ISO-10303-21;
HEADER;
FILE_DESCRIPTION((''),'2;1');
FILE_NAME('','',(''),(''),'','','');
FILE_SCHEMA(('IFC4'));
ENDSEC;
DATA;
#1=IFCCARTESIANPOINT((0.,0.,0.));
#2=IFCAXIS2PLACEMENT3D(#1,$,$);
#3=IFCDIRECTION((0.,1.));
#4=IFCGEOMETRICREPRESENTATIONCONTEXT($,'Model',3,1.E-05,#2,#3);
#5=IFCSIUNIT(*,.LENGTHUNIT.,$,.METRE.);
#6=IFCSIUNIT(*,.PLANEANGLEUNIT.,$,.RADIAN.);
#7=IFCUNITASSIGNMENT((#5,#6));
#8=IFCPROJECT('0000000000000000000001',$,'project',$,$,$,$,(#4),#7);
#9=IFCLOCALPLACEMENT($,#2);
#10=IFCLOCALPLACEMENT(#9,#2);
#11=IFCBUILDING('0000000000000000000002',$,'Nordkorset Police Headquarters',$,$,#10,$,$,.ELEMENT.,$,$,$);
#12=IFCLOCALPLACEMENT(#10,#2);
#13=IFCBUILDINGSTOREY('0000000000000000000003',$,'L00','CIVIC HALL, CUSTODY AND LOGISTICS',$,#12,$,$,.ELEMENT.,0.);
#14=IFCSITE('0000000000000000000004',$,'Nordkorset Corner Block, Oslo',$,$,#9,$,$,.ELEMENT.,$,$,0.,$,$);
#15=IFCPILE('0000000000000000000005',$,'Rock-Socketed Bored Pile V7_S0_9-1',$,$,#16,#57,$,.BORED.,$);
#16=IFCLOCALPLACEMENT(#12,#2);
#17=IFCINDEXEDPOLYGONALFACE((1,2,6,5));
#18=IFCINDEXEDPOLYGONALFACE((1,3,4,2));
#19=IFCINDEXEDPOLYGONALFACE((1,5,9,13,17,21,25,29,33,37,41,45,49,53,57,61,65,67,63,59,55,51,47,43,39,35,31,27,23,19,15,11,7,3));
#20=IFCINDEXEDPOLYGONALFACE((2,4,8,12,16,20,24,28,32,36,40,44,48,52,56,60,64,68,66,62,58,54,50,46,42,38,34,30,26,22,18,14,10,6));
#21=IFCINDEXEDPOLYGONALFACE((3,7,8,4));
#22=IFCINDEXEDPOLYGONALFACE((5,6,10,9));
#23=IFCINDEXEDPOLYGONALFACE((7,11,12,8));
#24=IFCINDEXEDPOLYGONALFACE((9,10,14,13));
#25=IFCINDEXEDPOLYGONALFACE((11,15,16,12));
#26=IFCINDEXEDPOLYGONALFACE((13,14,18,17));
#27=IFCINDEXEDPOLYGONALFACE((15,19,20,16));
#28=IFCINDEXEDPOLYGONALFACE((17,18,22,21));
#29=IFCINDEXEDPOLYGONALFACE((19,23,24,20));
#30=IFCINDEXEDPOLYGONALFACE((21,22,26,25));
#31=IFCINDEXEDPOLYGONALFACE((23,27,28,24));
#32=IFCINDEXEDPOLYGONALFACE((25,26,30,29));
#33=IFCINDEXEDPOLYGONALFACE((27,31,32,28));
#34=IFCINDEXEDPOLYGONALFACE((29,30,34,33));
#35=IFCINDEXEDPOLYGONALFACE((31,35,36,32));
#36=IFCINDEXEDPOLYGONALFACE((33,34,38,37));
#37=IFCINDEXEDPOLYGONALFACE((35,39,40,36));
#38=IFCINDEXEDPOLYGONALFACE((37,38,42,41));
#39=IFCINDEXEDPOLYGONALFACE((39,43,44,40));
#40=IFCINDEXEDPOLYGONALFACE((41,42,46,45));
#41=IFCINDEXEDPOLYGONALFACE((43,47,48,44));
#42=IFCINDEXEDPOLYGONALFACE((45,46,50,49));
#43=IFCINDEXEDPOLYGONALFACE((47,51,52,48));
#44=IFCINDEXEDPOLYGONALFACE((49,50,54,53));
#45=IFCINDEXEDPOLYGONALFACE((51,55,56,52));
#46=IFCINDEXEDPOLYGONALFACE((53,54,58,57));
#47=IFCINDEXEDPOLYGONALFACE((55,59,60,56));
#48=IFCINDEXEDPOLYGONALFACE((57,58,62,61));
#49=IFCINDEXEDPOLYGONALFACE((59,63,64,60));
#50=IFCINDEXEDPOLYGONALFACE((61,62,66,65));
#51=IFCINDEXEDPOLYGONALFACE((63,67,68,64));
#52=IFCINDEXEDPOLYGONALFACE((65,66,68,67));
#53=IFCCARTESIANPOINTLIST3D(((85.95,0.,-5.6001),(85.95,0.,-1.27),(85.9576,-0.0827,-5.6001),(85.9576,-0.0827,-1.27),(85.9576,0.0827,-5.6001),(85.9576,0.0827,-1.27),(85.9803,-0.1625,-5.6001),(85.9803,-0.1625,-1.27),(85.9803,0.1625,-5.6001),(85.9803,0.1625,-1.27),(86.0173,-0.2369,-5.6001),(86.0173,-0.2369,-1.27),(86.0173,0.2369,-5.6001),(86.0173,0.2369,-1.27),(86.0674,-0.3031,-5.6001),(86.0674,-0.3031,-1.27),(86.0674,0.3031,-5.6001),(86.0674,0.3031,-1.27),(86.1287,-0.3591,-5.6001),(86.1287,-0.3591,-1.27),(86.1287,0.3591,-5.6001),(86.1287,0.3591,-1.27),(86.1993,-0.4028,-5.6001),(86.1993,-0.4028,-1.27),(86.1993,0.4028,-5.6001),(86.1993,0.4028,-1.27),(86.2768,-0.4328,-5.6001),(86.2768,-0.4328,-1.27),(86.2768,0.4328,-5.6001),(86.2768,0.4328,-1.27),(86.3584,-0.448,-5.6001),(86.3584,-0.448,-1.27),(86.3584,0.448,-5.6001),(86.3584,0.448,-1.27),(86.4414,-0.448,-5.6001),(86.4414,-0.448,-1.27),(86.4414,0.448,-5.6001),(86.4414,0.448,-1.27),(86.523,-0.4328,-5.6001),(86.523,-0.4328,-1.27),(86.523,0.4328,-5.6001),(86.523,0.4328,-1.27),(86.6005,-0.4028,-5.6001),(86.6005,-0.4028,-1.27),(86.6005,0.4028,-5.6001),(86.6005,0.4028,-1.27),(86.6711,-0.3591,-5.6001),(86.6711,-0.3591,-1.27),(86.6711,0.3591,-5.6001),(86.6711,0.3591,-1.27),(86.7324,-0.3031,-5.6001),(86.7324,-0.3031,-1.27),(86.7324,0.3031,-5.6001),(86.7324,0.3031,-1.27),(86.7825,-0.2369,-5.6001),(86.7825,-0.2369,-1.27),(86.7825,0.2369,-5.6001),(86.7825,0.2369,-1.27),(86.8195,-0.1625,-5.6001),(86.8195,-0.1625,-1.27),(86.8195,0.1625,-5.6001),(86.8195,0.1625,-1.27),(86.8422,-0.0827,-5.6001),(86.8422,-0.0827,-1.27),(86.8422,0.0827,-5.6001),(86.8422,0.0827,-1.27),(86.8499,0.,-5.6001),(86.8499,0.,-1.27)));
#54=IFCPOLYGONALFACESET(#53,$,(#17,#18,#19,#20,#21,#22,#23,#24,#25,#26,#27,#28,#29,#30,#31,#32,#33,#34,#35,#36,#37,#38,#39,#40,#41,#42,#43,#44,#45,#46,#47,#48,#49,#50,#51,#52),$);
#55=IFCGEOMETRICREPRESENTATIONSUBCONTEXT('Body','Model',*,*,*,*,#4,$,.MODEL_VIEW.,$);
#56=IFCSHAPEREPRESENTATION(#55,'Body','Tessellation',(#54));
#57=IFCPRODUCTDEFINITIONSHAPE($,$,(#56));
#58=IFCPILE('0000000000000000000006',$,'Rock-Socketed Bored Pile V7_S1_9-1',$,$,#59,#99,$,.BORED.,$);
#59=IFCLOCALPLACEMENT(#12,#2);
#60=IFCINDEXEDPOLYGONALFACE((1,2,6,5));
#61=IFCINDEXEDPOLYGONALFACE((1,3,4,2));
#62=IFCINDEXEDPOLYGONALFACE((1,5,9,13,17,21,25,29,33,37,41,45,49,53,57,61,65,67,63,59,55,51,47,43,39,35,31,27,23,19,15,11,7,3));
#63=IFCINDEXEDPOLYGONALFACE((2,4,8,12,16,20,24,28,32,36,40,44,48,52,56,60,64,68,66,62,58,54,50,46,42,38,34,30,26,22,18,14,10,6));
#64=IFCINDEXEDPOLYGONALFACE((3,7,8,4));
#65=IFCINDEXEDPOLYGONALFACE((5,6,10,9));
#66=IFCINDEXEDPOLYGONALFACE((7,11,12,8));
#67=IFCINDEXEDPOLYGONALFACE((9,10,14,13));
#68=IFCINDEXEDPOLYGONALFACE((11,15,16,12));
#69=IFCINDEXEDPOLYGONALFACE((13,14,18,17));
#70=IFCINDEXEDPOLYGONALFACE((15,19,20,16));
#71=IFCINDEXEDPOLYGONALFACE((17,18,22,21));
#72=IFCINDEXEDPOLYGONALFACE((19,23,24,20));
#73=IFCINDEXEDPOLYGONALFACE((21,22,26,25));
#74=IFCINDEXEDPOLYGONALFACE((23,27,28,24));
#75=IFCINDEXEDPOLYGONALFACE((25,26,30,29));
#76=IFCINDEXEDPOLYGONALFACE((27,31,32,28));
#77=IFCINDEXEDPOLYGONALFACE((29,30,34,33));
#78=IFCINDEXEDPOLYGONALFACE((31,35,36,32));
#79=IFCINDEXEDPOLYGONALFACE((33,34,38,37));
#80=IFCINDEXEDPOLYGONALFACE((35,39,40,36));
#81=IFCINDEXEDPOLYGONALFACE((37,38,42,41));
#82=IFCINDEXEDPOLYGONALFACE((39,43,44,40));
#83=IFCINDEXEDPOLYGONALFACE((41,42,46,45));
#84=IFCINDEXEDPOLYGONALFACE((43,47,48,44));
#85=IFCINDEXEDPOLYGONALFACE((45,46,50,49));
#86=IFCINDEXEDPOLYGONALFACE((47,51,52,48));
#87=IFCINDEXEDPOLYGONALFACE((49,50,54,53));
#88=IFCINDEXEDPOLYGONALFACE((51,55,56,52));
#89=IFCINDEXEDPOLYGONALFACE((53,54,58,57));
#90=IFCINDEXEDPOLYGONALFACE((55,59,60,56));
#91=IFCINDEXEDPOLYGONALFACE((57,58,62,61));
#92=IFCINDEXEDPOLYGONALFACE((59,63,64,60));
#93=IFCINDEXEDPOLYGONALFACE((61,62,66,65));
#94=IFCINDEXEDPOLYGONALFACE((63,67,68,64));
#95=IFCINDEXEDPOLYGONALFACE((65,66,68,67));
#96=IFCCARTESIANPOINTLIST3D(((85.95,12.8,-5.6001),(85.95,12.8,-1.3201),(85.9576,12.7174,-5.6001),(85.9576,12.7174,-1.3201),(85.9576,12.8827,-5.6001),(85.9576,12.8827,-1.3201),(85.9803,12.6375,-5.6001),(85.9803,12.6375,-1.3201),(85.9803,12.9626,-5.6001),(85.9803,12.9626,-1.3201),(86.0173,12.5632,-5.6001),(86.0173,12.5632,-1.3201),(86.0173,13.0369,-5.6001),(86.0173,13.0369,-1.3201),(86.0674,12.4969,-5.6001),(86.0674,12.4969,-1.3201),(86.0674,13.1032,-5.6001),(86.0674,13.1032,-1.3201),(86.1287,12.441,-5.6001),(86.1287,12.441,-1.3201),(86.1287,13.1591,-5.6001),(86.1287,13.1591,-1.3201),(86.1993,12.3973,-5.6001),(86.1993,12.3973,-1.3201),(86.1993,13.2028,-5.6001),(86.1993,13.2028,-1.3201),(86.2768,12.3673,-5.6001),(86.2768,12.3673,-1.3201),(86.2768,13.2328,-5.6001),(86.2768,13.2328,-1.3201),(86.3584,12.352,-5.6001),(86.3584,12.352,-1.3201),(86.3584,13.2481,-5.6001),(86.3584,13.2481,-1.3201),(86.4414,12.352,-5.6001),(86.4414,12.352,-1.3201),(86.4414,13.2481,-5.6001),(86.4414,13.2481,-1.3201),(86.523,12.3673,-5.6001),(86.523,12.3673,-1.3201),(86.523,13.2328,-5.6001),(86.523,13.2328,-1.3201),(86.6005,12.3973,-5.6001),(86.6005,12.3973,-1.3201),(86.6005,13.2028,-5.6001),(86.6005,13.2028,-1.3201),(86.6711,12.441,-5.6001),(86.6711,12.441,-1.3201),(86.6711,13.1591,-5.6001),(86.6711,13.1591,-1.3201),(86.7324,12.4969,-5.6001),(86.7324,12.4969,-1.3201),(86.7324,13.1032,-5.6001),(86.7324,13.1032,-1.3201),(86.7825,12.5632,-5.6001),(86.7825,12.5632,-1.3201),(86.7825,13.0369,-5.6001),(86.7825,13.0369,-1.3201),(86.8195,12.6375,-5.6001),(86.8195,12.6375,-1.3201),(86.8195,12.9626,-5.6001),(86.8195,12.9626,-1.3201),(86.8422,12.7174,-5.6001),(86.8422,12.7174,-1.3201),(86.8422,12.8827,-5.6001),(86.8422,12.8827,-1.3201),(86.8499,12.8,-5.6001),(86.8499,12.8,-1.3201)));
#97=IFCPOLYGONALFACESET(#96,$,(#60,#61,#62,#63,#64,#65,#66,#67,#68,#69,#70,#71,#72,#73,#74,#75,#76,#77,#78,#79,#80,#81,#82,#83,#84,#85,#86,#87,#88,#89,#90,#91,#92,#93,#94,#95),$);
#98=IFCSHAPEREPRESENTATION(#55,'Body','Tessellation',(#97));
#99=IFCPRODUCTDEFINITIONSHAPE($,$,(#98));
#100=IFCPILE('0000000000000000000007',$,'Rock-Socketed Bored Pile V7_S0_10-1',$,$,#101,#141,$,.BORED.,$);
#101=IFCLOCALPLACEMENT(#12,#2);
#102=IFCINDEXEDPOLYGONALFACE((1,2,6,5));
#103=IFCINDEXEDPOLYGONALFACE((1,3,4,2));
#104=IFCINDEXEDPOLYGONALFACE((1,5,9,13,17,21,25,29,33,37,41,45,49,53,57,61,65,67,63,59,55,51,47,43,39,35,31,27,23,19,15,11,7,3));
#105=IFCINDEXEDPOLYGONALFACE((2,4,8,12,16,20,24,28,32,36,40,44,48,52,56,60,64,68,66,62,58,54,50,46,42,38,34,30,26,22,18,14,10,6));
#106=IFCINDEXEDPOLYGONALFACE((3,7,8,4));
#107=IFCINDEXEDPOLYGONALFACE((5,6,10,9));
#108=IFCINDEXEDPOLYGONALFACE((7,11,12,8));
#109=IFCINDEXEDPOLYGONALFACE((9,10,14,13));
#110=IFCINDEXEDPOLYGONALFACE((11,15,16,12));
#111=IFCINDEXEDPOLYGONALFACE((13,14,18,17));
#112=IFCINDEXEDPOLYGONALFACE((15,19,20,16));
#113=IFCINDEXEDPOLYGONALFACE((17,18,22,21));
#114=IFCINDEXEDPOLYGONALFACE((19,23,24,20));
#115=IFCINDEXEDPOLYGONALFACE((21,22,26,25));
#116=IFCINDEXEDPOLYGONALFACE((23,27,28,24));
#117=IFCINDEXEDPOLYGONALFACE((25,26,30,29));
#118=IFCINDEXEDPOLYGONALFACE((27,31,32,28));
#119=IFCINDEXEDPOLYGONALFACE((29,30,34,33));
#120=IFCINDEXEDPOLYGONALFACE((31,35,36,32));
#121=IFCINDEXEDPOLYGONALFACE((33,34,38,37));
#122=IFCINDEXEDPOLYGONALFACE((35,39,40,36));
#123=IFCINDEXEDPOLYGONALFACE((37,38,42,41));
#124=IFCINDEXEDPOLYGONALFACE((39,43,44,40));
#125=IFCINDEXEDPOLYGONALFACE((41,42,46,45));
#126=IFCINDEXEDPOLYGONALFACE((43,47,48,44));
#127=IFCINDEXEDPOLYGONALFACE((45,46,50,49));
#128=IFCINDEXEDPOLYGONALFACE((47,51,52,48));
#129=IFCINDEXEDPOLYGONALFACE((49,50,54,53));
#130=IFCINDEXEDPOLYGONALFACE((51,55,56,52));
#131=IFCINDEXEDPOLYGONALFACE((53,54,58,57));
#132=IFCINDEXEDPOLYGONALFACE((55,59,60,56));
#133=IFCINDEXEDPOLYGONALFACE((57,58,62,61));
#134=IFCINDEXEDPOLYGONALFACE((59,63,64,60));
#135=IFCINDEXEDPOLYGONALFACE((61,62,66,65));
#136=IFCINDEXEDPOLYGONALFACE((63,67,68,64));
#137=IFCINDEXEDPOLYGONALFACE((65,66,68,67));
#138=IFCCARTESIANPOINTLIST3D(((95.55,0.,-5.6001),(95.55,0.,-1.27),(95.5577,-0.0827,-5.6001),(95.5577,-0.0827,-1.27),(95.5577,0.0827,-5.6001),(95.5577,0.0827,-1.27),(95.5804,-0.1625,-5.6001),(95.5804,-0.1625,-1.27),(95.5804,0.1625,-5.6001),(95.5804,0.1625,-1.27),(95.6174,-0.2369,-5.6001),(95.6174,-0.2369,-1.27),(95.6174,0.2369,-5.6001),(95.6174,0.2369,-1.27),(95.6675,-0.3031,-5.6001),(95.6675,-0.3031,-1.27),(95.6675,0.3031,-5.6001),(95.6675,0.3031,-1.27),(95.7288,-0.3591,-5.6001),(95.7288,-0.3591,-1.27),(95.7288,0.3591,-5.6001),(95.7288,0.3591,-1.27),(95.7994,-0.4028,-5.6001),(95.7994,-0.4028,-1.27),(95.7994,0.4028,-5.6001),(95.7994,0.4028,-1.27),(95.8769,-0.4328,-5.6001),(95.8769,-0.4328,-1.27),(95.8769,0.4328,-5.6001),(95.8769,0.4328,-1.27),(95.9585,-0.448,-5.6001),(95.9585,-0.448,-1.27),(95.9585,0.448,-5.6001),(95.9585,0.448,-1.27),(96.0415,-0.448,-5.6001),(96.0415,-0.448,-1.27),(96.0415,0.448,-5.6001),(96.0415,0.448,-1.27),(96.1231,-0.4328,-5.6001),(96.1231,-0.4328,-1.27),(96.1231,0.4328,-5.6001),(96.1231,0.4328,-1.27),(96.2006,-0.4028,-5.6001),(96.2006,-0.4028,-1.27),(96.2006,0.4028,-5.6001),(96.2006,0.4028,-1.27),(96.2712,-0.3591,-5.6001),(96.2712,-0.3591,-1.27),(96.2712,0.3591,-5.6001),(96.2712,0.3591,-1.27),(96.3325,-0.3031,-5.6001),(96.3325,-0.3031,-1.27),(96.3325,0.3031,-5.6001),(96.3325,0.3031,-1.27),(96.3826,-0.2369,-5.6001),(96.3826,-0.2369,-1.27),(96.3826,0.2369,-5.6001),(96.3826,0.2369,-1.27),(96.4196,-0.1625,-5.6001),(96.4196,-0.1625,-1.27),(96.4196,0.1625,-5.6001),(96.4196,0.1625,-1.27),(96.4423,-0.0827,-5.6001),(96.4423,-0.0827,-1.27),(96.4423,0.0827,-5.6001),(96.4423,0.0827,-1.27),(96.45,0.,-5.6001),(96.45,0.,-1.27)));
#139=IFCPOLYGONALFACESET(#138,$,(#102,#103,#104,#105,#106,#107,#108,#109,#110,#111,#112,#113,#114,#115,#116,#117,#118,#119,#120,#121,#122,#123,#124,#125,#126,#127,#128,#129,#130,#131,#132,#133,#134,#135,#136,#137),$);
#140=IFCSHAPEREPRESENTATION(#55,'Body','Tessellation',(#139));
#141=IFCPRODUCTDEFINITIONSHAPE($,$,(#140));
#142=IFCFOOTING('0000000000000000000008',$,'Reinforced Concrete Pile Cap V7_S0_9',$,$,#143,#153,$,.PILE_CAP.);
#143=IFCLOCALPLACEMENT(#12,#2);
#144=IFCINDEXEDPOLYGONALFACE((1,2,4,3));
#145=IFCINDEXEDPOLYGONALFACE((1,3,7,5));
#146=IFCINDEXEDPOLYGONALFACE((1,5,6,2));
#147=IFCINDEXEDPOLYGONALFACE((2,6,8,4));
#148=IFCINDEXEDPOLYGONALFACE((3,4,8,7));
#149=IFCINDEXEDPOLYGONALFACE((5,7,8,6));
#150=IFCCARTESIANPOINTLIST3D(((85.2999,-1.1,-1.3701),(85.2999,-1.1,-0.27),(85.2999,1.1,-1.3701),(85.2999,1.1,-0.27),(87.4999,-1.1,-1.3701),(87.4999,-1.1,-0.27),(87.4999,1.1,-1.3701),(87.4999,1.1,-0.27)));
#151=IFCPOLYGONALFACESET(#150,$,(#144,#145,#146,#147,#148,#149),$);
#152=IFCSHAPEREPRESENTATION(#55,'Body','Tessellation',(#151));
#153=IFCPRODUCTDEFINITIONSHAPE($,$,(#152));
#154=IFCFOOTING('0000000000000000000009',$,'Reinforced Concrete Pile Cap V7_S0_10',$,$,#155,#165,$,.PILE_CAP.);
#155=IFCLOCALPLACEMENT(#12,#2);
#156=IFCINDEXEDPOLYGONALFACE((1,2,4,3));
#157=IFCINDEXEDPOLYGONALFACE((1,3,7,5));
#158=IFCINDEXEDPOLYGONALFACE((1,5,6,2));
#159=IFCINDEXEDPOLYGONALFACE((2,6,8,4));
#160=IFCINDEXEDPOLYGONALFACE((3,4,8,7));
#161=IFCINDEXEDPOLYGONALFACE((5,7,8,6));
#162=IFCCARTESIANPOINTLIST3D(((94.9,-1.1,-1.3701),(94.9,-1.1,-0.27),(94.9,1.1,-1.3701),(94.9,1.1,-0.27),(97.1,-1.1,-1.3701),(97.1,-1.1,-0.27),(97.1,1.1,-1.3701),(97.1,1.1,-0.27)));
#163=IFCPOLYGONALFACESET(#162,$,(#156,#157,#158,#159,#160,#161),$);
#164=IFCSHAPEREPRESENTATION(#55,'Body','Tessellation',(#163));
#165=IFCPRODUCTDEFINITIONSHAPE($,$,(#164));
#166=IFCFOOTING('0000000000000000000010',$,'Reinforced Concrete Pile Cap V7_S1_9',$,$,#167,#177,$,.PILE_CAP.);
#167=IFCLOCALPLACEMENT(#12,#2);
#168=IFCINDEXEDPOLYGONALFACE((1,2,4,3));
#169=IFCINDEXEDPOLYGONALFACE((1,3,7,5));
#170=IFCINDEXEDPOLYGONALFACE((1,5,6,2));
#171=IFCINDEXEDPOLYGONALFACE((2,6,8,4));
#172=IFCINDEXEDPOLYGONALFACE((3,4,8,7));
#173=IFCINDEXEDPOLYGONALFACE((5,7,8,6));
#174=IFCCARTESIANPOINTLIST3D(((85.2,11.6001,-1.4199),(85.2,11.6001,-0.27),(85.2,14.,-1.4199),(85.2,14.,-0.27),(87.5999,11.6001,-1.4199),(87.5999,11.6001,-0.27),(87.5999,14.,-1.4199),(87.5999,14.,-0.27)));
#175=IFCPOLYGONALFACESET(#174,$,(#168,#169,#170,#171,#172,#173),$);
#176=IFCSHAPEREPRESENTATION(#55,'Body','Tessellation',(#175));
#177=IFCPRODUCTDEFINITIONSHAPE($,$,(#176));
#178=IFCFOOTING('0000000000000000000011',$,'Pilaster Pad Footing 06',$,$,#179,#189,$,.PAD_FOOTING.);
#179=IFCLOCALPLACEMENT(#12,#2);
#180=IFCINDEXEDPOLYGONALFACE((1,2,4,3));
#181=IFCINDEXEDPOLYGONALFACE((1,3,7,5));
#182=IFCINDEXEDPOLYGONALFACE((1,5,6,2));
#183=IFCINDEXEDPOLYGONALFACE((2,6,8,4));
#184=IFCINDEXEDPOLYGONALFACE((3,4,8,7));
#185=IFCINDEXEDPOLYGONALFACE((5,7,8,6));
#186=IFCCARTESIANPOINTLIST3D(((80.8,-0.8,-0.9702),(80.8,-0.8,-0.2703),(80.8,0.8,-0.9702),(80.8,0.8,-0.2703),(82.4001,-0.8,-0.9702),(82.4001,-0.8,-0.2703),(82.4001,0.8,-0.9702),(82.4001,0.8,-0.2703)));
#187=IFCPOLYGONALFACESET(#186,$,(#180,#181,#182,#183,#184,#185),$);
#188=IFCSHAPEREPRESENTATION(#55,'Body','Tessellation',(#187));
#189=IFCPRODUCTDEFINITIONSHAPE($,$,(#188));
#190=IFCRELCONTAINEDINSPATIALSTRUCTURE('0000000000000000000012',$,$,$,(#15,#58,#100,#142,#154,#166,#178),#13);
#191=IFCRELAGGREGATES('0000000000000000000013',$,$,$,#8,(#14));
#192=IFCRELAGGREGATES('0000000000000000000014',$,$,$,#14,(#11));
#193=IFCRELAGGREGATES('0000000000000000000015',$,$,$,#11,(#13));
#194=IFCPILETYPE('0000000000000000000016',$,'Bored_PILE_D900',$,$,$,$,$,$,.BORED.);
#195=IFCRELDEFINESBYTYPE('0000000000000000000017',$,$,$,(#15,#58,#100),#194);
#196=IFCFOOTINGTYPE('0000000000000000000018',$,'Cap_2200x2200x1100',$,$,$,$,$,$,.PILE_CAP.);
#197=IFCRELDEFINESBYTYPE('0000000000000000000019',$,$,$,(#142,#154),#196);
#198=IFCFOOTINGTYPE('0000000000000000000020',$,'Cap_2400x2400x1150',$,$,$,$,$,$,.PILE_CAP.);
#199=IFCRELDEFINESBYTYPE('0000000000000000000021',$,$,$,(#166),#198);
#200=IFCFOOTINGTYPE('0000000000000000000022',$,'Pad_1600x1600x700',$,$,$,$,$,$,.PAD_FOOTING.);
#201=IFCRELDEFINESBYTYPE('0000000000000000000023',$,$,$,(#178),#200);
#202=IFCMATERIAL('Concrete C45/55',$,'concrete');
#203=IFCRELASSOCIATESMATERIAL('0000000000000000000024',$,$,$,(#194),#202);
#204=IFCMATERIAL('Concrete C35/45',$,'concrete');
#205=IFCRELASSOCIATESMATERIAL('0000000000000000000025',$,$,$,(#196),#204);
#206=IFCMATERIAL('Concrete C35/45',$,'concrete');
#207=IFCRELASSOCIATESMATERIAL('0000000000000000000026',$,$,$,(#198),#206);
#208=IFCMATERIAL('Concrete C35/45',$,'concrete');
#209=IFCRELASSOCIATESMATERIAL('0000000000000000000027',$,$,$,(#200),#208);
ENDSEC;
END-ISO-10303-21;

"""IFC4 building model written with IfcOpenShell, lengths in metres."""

from ifc_helpers import new_model, si_unit, direction, frame, origin, origin_2d, place, context, subcontext, project, spatial, rectangle, circle, extrude, material, material_profile, profile_set, type_object, element, save


model = new_model("IFC4")

# Units and contexts
model_context = context("Model", 3, precision=1e-05, world=origin(), true_north=direction((0.0, 1.0)))
body_context = subcontext(model_context, "Body", "Model", "MODEL_VIEW")
ifc_project = project(units=[si_unit("LENGTHUNIT", "METRE"), si_unit("PLANEANGLEUNIT", "RADIAN")], contexts=[model_context])

# Site, building, storey
site_placement = place(None, origin())
site = spatial("IfcSite", under=ifc_project, at=site_placement, Name="Nordkorset Corner Block, Oslo", CompositionType="ELEMENT", RefElevation=0.0)
building_placement = place(site_placement, origin())
building = spatial("IfcBuilding", under=site, at=building_placement, Name="Nordkorset Police Headquarters", CompositionType="ELEMENT")
storey_placement = place(building_placement, origin())
storey = spatial("IfcBuildingStorey", under=building, at=storey_placement, Name="L00", Description="CIVIC HALL, CUSTODY AND LOGISTICS", CompositionType="ELEMENT", Elevation=0.0)

# Piles
ifc_material_1 = material(Name="Concrete C45/55", Category="concrete")
ifc_material_profile_1 = material_profile(ifc_material_1, circle(Radius=0.45, at=origin_2d()), Name="PILE D900")
ifc_profile_set_1 = profile_set([ifc_material_profile_1], Name="Concrete C45/55")
pile_type = type_object("IfcPileType", Name="Bored_PILE_D900", PredefinedType="BORED", material=ifc_profile_set_1)
pile_1_placement = place(storey_placement, frame((86.3999, 0.0, -1.27), z_axis=(0.0, 0.0, -1.0), x_axis=(1.0, 0.0, 0.0)))
element("IfcPile", 1, at=pile_1_placement, inside=storey, type_object=pile_type, Name="Rock-Socketed Bored Pile V7_S0_9-1", PredefinedType="BORED", context=body_context, shape_type="SweptSolid", body=[
    extrude(circle(Radius=0.45, at=origin_2d()), origin(), (0.0, 0.0, 1.0), 4.3301),
])
pile_2_placement = place(storey_placement, frame((86.3999, 12.8, -1.3201), z_axis=(0.0, 0.0, -1.0), x_axis=(1.0, 0.0, 0.0)))
element("IfcPile", 2, at=pile_2_placement, inside=storey, type_object=pile_type, Name="Rock-Socketed Bored Pile V7_S1_9-1", PredefinedType="BORED", context=body_context, shape_type="SweptSolid", body=[
    extrude(circle(Radius=0.45, at=origin_2d()), origin(), (0.0, 0.0, 1.0), 4.28),
])
pile_3_placement = place(storey_placement, frame((96.0, 0.0, -1.27), z_axis=(0.0, 0.0, -1.0), x_axis=(1.0, 0.0, 0.0)))
element("IfcPile", 3, at=pile_3_placement, inside=storey, type_object=pile_type, Name="Rock-Socketed Bored Pile V7_S0_10-1", PredefinedType="BORED", context=body_context, shape_type="SweptSolid", body=[
    extrude(circle(Radius=0.45, at=origin_2d()), origin(), (0.0, 0.0, 1.0), 4.3301),
])

# Footings
ifc_material_2 = material(Name="Concrete C35/45", Category="concrete")
footing_type_1 = type_object("IfcFootingType", Name="Cap_2200x2200x1100", PredefinedType="PILE_CAP", material=ifc_material_2)
for number, where, z_axis, x_axis, name in (
    (4, (86.3999, 0.0, -1.3701), (0.0, 0.0, 1.0), (1.0, 0.0, 0.0), "Reinforced Concrete Pile Cap V7_S0_9"),
    (5, (96.0, 0.0, -1.3701), (0.0, 0.0, 1.0), (1.0, 0.0, 0.0), "Reinforced Concrete Pile Cap V7_S0_10"),
):
    element("IfcFooting", number, at=place(storey_placement, frame(where, z_axis=z_axis, x_axis=x_axis)), inside=storey, type_object=footing_type_1, Name=name, PredefinedType="PILE_CAP", context=body_context, shape_type="SweptSolid", body=[
        extrude(rectangle(XDim=2.2, YDim=2.2, at=origin_2d()), origin(), (0.0, 0.0, 1.0), 1.1001),
    ])
ifc_material_3 = material(Name="Concrete C35/45", Category="concrete")
footing_type_2 = type_object("IfcFootingType", Name="Cap_2400x2400x1150", PredefinedType="PILE_CAP", material=ifc_material_3)
footing_1_placement = place(storey_placement, frame((86.3999, 12.8, -1.4199), z_axis=(0.0, 0.0, 1.0), x_axis=(1.0, 0.0, 0.0)))
element("IfcFooting", 6, at=footing_1_placement, inside=storey, type_object=footing_type_2, Name="Reinforced Concrete Pile Cap V7_S1_9", PredefinedType="PILE_CAP", context=body_context, shape_type="SweptSolid", body=[
    extrude(rectangle(XDim=2.3999, YDim=2.3999, at=origin_2d()), origin(), (0.0, 0.0, 1.0), 1.1499),
])
ifc_material_4 = material(Name="Concrete C35/45", Category="concrete")
footing_type_3 = type_object("IfcFootingType", Name="Pad_1600x1600x700", PredefinedType="PAD_FOOTING", material=ifc_material_4)
footing_2_placement = place(storey_placement, frame((81.6001, 0.0, -0.9702), z_axis=(0.0, 0.0, 1.0), x_axis=(1.0, 0.0, 0.0)))
element("IfcFooting", 7, at=footing_2_placement, inside=storey, type_object=footing_type_3, Name="Pilaster Pad Footing 06", PredefinedType="PAD_FOOTING", context=body_context, shape_type="SweptSolid", body=[
    extrude(rectangle(XDim=1.6001, YDim=1.6001, at=origin_2d()), origin(), (0.0, 0.0, 1.0), 0.7),
])

save(model, "model.ifc")
